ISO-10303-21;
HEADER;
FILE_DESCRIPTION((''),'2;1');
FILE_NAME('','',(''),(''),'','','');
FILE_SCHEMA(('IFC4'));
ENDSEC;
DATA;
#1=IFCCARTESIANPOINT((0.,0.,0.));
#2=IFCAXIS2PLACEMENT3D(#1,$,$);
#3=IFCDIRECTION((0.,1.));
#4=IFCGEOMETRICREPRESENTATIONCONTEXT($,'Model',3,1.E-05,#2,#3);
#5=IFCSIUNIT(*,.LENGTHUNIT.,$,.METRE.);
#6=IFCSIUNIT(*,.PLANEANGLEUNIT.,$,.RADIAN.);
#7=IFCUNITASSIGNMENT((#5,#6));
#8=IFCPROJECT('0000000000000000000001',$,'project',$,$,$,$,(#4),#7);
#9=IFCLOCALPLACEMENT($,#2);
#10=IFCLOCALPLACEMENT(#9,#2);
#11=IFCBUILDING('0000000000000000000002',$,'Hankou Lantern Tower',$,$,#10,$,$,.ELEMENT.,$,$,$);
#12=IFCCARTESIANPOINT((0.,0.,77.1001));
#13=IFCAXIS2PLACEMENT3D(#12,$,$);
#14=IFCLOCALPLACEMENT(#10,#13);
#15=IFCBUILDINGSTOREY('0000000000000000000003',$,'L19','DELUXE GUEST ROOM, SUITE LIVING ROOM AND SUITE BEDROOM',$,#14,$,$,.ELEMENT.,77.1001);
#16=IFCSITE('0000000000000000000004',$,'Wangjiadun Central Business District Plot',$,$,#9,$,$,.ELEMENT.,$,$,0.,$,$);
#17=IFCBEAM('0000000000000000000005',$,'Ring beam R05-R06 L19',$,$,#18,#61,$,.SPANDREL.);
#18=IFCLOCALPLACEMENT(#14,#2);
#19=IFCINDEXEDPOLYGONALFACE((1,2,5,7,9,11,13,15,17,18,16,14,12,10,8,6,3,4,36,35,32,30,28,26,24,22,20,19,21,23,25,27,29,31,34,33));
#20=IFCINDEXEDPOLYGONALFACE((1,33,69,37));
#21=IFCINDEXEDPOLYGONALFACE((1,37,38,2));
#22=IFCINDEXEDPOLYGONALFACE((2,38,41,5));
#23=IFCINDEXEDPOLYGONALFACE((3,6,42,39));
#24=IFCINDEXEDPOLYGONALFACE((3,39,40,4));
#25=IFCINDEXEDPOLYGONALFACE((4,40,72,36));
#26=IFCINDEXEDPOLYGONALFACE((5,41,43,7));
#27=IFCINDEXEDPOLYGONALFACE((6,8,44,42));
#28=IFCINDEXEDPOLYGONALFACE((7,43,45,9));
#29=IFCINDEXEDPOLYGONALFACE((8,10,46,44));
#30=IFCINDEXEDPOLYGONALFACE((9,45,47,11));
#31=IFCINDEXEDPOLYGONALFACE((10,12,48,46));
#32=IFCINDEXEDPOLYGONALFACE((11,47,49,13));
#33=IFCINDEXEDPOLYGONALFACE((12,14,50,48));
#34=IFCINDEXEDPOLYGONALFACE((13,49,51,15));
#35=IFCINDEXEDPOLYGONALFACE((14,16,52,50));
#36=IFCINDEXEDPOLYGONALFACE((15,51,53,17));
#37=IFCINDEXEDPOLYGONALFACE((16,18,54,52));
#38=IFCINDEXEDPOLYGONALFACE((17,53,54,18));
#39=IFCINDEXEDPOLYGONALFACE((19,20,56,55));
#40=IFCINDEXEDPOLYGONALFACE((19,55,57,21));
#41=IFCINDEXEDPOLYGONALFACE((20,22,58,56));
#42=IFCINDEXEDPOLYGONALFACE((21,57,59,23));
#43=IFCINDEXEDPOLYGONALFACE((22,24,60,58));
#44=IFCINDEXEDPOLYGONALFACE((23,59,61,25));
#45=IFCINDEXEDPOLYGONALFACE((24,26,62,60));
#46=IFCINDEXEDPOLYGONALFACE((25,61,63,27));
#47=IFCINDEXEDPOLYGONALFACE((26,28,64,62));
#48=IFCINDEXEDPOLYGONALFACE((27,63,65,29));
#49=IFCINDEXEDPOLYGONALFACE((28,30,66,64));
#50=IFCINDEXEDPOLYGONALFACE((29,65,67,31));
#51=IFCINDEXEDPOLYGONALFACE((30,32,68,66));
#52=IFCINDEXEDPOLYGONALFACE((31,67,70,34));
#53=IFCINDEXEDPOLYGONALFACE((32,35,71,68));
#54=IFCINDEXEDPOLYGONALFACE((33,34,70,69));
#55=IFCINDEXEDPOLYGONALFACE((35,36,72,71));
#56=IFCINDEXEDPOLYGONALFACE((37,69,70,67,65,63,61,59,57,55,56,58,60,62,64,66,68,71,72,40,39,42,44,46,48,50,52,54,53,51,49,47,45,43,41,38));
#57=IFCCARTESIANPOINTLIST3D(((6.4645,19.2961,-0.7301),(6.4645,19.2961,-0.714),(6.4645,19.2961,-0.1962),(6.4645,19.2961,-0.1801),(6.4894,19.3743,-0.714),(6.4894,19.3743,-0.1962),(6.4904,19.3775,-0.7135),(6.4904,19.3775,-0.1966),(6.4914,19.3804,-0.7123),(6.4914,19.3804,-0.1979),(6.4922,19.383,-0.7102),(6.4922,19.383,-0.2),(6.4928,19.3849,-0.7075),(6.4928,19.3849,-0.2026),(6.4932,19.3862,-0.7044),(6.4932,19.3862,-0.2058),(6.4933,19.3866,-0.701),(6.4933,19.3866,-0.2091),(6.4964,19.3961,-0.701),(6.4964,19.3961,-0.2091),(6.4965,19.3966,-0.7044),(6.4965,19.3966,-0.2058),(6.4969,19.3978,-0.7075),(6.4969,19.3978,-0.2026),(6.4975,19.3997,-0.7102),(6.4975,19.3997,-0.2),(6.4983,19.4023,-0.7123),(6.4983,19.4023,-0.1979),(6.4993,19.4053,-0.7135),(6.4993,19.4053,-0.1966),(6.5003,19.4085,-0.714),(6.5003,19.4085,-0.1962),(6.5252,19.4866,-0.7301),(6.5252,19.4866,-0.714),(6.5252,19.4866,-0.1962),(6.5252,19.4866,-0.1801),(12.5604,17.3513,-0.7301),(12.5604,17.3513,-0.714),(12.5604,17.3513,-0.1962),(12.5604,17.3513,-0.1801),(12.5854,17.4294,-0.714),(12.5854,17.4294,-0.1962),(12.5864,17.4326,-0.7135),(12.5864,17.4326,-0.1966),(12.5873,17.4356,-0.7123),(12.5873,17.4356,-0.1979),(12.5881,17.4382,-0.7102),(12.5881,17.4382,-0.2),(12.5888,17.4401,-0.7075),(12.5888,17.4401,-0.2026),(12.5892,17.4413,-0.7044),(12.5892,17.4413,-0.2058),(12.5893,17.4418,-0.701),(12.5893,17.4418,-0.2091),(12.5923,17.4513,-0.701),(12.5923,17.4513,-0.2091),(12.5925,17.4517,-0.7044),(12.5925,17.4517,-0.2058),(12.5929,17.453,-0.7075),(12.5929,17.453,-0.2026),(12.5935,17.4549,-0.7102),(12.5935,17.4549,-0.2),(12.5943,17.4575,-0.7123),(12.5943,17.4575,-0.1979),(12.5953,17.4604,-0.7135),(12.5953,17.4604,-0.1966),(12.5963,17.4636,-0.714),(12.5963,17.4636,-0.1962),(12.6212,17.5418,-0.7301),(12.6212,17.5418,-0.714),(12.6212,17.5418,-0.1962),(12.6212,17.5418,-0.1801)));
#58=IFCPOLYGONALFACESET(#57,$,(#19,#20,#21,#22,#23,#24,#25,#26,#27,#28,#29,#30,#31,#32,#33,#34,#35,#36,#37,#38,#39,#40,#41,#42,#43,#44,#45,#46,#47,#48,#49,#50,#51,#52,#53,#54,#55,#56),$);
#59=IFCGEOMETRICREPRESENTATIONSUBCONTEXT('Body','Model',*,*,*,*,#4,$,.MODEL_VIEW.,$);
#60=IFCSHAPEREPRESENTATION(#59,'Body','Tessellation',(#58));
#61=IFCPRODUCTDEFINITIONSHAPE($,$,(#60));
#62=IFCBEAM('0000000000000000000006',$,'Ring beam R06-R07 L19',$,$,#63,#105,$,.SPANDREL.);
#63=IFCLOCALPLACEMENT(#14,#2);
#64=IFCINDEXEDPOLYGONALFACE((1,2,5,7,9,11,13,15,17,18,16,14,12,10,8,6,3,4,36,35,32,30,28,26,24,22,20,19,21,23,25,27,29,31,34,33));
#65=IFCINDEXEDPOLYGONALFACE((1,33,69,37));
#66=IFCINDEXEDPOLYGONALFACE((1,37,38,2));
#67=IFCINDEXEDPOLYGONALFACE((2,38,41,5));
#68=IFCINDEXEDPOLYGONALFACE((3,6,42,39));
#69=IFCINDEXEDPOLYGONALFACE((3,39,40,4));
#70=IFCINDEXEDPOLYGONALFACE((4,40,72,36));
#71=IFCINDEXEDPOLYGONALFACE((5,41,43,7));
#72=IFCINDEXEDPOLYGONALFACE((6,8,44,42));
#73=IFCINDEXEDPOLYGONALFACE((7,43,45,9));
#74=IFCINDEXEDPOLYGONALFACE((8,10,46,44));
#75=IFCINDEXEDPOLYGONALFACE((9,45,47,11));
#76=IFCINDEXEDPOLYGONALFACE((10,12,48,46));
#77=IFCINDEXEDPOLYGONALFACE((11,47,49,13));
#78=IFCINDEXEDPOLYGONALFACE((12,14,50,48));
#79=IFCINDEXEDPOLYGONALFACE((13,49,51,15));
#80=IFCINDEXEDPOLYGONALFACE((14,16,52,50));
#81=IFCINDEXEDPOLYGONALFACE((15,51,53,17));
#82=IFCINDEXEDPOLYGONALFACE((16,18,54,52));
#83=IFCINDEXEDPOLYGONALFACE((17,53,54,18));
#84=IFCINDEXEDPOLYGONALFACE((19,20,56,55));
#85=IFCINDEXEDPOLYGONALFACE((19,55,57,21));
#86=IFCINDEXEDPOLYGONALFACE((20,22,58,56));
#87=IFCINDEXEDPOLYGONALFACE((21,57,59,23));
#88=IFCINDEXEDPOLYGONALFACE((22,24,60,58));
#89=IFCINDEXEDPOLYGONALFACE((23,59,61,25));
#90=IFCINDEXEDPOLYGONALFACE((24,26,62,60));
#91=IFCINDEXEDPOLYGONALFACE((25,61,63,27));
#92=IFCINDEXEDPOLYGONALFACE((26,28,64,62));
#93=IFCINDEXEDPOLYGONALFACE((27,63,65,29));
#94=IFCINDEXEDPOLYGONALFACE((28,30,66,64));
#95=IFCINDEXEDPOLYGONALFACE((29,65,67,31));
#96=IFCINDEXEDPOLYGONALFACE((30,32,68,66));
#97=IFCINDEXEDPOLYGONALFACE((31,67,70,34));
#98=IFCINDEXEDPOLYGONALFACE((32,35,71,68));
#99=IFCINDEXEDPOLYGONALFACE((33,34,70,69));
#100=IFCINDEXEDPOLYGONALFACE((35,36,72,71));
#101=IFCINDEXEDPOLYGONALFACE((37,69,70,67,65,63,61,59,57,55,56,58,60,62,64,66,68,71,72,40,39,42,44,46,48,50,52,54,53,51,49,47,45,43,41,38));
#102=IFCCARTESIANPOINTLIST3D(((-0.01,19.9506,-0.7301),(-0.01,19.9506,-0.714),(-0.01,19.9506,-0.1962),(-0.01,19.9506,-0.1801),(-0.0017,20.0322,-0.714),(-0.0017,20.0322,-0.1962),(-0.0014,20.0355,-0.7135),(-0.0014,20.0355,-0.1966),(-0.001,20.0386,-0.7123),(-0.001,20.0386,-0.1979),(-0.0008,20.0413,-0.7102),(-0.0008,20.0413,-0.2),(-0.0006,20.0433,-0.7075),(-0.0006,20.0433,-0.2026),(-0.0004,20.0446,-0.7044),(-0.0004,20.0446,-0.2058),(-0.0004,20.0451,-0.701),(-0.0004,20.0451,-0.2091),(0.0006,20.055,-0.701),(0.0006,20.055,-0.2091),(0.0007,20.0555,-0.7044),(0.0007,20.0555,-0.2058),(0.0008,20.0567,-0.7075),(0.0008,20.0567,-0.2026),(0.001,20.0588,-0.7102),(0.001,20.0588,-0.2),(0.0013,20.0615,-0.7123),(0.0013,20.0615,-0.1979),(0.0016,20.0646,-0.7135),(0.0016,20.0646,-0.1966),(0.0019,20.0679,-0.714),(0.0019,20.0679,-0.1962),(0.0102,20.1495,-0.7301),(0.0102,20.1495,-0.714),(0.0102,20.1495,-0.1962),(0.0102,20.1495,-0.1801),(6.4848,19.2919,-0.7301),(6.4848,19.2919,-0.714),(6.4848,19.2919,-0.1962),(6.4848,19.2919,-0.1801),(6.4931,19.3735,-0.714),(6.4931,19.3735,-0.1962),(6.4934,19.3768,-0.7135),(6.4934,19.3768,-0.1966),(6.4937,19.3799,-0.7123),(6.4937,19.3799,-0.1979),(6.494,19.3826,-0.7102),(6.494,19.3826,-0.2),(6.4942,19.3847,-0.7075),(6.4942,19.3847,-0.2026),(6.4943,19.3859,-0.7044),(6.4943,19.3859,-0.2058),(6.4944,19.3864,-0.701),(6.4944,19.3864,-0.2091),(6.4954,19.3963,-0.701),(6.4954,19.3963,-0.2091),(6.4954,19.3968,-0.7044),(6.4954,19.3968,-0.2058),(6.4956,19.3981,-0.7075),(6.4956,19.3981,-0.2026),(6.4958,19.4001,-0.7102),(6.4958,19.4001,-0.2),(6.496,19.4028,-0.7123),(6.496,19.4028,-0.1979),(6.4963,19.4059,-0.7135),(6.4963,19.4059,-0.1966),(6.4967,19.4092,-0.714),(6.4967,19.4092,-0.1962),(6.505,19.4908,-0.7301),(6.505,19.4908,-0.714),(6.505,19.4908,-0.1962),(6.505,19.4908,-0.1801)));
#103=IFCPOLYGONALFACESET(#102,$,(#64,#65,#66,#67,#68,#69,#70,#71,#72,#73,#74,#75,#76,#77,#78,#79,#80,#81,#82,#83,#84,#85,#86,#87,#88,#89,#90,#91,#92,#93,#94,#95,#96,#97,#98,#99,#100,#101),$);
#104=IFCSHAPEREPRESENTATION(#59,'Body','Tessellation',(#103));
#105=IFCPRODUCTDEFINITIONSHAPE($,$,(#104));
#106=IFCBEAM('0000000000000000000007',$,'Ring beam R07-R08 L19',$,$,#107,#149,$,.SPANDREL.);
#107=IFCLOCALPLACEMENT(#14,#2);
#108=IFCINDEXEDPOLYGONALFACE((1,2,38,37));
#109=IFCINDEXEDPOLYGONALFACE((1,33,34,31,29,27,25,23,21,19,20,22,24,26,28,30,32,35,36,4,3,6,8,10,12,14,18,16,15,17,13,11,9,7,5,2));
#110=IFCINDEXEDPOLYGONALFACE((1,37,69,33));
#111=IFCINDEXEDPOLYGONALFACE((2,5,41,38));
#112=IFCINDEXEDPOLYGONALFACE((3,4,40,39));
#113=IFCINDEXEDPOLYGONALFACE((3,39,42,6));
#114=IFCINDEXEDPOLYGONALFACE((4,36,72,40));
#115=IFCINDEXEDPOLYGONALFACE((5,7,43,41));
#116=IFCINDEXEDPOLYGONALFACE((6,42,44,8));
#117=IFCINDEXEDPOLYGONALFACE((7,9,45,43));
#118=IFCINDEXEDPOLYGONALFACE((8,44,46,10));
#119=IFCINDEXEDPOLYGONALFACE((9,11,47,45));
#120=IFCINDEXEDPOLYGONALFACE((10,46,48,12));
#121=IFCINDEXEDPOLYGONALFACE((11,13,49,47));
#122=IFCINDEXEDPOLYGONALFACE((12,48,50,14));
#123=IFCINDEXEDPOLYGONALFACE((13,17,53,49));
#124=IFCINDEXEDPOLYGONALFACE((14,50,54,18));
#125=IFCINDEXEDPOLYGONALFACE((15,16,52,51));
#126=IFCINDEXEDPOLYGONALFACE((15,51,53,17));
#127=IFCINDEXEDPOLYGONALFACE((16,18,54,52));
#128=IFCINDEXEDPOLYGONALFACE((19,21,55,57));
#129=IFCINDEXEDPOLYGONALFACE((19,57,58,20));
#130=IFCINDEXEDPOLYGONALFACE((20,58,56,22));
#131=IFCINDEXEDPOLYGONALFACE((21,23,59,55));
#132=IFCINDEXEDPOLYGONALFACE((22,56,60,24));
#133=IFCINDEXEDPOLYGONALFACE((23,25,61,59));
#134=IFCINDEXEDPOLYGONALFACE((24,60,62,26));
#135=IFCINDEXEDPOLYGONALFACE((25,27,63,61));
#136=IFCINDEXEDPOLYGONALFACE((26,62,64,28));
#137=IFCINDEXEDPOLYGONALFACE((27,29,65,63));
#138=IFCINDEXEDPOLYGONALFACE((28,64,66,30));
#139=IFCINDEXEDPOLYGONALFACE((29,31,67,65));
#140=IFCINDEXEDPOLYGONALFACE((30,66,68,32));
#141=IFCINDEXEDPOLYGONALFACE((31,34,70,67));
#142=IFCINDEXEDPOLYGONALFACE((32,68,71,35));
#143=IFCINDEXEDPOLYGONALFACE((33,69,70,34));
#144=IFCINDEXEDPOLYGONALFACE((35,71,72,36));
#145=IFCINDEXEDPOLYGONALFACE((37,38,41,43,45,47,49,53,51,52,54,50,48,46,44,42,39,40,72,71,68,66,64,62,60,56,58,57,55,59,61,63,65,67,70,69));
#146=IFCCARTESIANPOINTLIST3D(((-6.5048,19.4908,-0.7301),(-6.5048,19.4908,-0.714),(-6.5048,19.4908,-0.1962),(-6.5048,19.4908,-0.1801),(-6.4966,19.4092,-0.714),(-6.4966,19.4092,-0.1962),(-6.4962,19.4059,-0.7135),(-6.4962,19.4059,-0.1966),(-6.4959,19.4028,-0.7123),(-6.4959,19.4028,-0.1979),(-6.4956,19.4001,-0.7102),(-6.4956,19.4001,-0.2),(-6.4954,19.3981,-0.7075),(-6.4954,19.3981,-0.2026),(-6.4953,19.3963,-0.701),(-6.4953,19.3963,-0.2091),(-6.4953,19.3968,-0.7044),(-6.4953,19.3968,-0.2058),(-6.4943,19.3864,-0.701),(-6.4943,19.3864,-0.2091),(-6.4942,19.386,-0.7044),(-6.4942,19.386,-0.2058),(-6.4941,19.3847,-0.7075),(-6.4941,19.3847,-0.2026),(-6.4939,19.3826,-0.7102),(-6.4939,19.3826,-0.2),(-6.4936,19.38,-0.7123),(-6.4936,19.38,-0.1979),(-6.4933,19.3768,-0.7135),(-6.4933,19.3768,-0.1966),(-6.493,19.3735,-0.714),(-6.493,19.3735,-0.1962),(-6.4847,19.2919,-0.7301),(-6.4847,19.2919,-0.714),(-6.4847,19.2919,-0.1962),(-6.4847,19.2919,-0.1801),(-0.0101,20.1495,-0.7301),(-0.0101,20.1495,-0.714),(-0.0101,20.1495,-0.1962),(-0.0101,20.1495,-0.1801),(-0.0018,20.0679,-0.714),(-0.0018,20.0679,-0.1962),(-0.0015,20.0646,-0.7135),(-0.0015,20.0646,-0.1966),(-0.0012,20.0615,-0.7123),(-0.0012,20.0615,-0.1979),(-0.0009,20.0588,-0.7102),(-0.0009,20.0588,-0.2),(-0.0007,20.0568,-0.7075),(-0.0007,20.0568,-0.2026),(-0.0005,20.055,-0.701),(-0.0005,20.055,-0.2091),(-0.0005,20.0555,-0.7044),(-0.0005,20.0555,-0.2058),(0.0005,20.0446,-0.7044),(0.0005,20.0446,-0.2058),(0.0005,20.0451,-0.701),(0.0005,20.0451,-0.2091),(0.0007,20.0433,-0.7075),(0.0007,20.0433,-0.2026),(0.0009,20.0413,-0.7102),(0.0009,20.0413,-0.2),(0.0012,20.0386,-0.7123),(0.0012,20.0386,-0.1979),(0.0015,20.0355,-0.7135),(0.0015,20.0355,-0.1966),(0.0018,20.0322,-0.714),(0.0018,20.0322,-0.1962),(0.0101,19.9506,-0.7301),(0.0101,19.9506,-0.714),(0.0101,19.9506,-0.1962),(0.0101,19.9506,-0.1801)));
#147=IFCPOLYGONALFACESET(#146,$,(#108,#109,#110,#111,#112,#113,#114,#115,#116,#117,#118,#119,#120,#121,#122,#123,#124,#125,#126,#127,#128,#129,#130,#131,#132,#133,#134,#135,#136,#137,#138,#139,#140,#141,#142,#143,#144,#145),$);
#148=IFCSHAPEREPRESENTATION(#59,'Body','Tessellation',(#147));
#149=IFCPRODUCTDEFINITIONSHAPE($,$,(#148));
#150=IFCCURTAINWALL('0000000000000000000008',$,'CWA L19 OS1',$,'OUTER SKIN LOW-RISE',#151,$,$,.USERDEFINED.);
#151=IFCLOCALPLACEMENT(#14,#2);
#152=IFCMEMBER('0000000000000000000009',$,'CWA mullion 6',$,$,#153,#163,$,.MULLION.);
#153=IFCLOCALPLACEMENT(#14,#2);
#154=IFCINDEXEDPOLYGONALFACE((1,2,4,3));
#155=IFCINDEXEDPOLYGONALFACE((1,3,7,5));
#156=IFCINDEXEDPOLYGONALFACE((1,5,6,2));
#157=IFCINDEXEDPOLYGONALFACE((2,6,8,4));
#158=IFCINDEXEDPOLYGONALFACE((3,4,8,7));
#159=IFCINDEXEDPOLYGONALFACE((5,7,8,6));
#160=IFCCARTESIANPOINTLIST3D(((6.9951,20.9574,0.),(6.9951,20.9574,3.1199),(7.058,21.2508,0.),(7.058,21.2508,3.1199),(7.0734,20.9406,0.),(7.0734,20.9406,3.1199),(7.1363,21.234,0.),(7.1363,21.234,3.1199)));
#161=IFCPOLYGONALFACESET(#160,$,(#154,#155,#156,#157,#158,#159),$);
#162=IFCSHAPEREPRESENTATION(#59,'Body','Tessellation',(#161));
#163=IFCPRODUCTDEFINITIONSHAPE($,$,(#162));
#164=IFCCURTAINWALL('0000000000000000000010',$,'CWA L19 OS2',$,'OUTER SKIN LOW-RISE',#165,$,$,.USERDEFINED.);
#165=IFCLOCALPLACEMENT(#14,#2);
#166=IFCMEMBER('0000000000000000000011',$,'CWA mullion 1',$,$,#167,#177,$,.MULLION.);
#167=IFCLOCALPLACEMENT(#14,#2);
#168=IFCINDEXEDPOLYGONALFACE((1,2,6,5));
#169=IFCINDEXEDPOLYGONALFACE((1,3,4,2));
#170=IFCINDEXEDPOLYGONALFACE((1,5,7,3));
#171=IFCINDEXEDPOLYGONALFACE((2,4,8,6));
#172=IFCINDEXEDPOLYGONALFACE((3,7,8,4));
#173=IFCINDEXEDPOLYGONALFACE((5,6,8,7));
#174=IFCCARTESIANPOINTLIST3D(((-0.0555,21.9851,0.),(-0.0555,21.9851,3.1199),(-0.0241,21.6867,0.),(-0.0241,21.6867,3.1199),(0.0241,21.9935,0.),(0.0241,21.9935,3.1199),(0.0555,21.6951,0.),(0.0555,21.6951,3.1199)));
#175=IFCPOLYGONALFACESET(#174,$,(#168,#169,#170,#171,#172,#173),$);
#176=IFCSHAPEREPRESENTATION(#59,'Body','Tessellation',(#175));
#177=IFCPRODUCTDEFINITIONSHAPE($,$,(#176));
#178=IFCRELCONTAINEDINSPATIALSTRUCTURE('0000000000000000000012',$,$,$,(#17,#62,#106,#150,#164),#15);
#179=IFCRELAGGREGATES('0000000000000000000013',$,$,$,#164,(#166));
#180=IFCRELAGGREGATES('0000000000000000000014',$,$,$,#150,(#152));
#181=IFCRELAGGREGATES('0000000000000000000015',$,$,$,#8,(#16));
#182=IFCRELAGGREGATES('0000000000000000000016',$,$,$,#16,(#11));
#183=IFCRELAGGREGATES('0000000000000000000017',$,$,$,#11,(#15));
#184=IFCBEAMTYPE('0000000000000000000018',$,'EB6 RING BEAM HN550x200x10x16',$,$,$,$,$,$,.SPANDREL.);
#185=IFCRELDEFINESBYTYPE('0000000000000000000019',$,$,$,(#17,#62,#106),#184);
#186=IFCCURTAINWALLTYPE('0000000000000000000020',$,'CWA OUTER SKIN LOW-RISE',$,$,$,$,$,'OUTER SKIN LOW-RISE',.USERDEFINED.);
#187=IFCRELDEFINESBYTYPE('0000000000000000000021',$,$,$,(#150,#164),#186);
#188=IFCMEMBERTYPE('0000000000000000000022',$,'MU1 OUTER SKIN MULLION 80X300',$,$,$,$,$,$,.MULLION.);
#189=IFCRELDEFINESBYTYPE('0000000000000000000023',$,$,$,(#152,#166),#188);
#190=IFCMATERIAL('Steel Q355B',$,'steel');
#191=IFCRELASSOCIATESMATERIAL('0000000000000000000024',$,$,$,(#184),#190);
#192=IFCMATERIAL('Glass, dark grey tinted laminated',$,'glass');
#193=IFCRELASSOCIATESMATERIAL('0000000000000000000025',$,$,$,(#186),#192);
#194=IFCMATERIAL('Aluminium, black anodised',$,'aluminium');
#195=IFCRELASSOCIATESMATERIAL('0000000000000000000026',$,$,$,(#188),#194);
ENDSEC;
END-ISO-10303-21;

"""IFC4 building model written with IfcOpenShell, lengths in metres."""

from ifc_helpers import new_model, si_unit, direction, frame, origin, origin_2d, place, context, subcontext, project, spatial, rectangle, i_section, extrude, material, material_profile, profile_set, type_object, element, aggregate, save


model = new_model("IFC4")

# Units and contexts
model_context = context("Model", 3, precision=1e-05, world=origin(), true_north=direction((0.0, 1.0)))
body_context = subcontext(model_context, "Body", "Model", "MODEL_VIEW")
ifc_project = project(units=[si_unit("LENGTHUNIT", "METRE"), si_unit("PLANEANGLEUNIT", "RADIAN")], contexts=[model_context])

# Site, building, storey
site_placement = place(None, origin())
site = spatial("IfcSite", under=ifc_project, at=site_placement, Name="Wangjiadun Central Business District Plot", CompositionType="ELEMENT", RefElevation=0.0)
building_placement = place(site_placement, origin())
building = spatial("IfcBuilding", under=site, at=building_placement, Name="Hankou Lantern Tower", CompositionType="ELEMENT")
storey_placement = place(building_placement, frame((0.0, 0.0, 77.1001)))
storey = spatial("IfcBuildingStorey", under=building, at=storey_placement, Name="L19", Description="DELUXE GUEST ROOM, SUITE LIVING ROOM AND SUITE BEDROOM", CompositionType="ELEMENT", Elevation=77.1001)

# Beams
ifc_material_1 = material(Name="Steel Q355B", Category="steel")
ifc_material_profile_1 = material_profile(ifc_material_1, i_section(OverallWidth=0.2, OverallDepth=0.55, WebThickness=0.01, FlangeThickness=0.0161, FilletRadius=0.0129, at=origin_2d()), Name="HN550x200x10x16")
ifc_profile_set_1 = profile_set([ifc_material_profile_1], Name="Steel Q355B")
beam_type_1 = type_object("IfcBeamType", Name="EB6 RING BEAM HN550x200x10x16", PredefinedType="SPANDREL", material=ifc_profile_set_1)
beam_1_placement = place(storey_placement, frame((12.5908, 17.4465, -0.4551), z_axis=(-0.95269, 0.303942, 0.0), x_axis=(-0.303942, -0.95269, 0.0)))
element("IfcBeam", 1, at=beam_1_placement, inside=storey, type_object=beam_type_1, Name="Ring beam R05-R06 L19", PredefinedType="SPANDREL", context=body_context, shape_type="SweptSolid", body=[
    extrude(i_section(OverallWidth=0.2, OverallDepth=0.55, WebThickness=0.01, FlangeThickness=0.0161, FilletRadius=0.0129, at=origin_2d()), origin(), (0.0, 0.0, 1.0), 6.3987),
])
for number, where, z_axis, x_axis, name in (
    (2, (6.4949, 19.3914, -0.4551), (-0.994897, 0.1009, 0.0), (-0.1009, -0.994897, 0.0), "Ring beam R06-R07 L19"),
    (3, (0.0, 20.05, -0.4551), (-0.994897, -0.1009, 0.0), (0.1009, -0.994897, 0.0), "Ring beam R07-R08 L19"),
):
    element("IfcBeam", number, at=place(storey_placement, frame(where, z_axis=z_axis, x_axis=x_axis)), inside=storey, type_object=beam_type_1, Name=name, PredefinedType="SPANDREL", context=body_context, shape_type="SweptSolid", body=[
        extrude(i_section(OverallWidth=0.2, OverallDepth=0.55, WebThickness=0.01, FlangeThickness=0.0161, FilletRadius=0.0129, at=origin_2d()), origin(), (0.0, 0.0, 1.0), 6.5281),
    ])

# Curtain walls, members
ifc_material_2 = material(Name="Glass, dark grey tinted laminated", Category="glass")
curtain_wall_type = type_object("IfcCurtainWallType", Name="CWA OUTER SKIN LOW-RISE", ElementType="OUTER SKIN LOW-RISE", PredefinedType="USERDEFINED", material=ifc_material_2)
curtain_wall_1_placement = place(storey_placement, origin())
curtain_wall_1 = element("IfcCurtainWall", 4, at=curtain_wall_1_placement, inside=storey, type_object=curtain_wall_type, Name="CWA L19 OS1", ObjectType="OUTER SKIN LOW-RISE", PredefinedType="USERDEFINED")
ifc_material_3 = material(Name="Aluminium, black anodised", Category="aluminium")
ifc_material_profile_2 = material_profile(ifc_material_3, rectangle(XDim=0.0801, YDim=0.3, at=origin_2d()), Name="MU1 80X300")
ifc_profile_set_2 = profile_set([ifc_material_profile_2], Name="Aluminium, black anodised")
member_type_1 = type_object("IfcMemberType", Name="MU1 OUTER SKIN MULLION 80X300", PredefinedType="MULLION", material=ifc_profile_set_2)
member_1_placement = place(storey_placement, frame((7.0657, 21.0957, 0.0), z_axis=(0.0, 0.0, 1.0), x_axis=(-0.977788, 0.209598, 0.0)))
member_1 = element("IfcMember", 5, at=member_1_placement, type_object=member_type_1, Name="CWA mullion 6", PredefinedType="MULLION", context=body_context, shape_type="SweptSolid", body=[
    extrude(rectangle(XDim=0.0801, YDim=0.3, at=origin_2d()), origin(), (0.0, 0.0, 1.0), 3.1199),
])
curtain_wall_2_placement = place(storey_placement, origin())
curtain_wall_2 = element("IfcCurtainWall", 6, at=curtain_wall_2_placement, inside=storey, type_object=curtain_wall_type, Name="CWA L19 OS2", ObjectType="OUTER SKIN LOW-RISE", PredefinedType="USERDEFINED")
member_2_placement = place(storey_placement, frame((0.0, 21.8401, 0.0), z_axis=(0.0, 0.0, 1.0), x_axis=(-0.994499, -0.104743, 0.0)))
member_2 = element("IfcMember", 7, at=member_2_placement, type_object=member_type_1, Name="CWA mullion 1", PredefinedType="MULLION", context=body_context, shape_type="SweptSolid", body=[
    extrude(rectangle(XDim=0.0801, YDim=0.3, at=origin_2d()), origin(), (0.0, 0.0, 1.0), 3.1199),
])
aggregate(curtain_wall_2, [member_2])

aggregate(curtain_wall_1, [member_1])

save(model, "model.ifc")
